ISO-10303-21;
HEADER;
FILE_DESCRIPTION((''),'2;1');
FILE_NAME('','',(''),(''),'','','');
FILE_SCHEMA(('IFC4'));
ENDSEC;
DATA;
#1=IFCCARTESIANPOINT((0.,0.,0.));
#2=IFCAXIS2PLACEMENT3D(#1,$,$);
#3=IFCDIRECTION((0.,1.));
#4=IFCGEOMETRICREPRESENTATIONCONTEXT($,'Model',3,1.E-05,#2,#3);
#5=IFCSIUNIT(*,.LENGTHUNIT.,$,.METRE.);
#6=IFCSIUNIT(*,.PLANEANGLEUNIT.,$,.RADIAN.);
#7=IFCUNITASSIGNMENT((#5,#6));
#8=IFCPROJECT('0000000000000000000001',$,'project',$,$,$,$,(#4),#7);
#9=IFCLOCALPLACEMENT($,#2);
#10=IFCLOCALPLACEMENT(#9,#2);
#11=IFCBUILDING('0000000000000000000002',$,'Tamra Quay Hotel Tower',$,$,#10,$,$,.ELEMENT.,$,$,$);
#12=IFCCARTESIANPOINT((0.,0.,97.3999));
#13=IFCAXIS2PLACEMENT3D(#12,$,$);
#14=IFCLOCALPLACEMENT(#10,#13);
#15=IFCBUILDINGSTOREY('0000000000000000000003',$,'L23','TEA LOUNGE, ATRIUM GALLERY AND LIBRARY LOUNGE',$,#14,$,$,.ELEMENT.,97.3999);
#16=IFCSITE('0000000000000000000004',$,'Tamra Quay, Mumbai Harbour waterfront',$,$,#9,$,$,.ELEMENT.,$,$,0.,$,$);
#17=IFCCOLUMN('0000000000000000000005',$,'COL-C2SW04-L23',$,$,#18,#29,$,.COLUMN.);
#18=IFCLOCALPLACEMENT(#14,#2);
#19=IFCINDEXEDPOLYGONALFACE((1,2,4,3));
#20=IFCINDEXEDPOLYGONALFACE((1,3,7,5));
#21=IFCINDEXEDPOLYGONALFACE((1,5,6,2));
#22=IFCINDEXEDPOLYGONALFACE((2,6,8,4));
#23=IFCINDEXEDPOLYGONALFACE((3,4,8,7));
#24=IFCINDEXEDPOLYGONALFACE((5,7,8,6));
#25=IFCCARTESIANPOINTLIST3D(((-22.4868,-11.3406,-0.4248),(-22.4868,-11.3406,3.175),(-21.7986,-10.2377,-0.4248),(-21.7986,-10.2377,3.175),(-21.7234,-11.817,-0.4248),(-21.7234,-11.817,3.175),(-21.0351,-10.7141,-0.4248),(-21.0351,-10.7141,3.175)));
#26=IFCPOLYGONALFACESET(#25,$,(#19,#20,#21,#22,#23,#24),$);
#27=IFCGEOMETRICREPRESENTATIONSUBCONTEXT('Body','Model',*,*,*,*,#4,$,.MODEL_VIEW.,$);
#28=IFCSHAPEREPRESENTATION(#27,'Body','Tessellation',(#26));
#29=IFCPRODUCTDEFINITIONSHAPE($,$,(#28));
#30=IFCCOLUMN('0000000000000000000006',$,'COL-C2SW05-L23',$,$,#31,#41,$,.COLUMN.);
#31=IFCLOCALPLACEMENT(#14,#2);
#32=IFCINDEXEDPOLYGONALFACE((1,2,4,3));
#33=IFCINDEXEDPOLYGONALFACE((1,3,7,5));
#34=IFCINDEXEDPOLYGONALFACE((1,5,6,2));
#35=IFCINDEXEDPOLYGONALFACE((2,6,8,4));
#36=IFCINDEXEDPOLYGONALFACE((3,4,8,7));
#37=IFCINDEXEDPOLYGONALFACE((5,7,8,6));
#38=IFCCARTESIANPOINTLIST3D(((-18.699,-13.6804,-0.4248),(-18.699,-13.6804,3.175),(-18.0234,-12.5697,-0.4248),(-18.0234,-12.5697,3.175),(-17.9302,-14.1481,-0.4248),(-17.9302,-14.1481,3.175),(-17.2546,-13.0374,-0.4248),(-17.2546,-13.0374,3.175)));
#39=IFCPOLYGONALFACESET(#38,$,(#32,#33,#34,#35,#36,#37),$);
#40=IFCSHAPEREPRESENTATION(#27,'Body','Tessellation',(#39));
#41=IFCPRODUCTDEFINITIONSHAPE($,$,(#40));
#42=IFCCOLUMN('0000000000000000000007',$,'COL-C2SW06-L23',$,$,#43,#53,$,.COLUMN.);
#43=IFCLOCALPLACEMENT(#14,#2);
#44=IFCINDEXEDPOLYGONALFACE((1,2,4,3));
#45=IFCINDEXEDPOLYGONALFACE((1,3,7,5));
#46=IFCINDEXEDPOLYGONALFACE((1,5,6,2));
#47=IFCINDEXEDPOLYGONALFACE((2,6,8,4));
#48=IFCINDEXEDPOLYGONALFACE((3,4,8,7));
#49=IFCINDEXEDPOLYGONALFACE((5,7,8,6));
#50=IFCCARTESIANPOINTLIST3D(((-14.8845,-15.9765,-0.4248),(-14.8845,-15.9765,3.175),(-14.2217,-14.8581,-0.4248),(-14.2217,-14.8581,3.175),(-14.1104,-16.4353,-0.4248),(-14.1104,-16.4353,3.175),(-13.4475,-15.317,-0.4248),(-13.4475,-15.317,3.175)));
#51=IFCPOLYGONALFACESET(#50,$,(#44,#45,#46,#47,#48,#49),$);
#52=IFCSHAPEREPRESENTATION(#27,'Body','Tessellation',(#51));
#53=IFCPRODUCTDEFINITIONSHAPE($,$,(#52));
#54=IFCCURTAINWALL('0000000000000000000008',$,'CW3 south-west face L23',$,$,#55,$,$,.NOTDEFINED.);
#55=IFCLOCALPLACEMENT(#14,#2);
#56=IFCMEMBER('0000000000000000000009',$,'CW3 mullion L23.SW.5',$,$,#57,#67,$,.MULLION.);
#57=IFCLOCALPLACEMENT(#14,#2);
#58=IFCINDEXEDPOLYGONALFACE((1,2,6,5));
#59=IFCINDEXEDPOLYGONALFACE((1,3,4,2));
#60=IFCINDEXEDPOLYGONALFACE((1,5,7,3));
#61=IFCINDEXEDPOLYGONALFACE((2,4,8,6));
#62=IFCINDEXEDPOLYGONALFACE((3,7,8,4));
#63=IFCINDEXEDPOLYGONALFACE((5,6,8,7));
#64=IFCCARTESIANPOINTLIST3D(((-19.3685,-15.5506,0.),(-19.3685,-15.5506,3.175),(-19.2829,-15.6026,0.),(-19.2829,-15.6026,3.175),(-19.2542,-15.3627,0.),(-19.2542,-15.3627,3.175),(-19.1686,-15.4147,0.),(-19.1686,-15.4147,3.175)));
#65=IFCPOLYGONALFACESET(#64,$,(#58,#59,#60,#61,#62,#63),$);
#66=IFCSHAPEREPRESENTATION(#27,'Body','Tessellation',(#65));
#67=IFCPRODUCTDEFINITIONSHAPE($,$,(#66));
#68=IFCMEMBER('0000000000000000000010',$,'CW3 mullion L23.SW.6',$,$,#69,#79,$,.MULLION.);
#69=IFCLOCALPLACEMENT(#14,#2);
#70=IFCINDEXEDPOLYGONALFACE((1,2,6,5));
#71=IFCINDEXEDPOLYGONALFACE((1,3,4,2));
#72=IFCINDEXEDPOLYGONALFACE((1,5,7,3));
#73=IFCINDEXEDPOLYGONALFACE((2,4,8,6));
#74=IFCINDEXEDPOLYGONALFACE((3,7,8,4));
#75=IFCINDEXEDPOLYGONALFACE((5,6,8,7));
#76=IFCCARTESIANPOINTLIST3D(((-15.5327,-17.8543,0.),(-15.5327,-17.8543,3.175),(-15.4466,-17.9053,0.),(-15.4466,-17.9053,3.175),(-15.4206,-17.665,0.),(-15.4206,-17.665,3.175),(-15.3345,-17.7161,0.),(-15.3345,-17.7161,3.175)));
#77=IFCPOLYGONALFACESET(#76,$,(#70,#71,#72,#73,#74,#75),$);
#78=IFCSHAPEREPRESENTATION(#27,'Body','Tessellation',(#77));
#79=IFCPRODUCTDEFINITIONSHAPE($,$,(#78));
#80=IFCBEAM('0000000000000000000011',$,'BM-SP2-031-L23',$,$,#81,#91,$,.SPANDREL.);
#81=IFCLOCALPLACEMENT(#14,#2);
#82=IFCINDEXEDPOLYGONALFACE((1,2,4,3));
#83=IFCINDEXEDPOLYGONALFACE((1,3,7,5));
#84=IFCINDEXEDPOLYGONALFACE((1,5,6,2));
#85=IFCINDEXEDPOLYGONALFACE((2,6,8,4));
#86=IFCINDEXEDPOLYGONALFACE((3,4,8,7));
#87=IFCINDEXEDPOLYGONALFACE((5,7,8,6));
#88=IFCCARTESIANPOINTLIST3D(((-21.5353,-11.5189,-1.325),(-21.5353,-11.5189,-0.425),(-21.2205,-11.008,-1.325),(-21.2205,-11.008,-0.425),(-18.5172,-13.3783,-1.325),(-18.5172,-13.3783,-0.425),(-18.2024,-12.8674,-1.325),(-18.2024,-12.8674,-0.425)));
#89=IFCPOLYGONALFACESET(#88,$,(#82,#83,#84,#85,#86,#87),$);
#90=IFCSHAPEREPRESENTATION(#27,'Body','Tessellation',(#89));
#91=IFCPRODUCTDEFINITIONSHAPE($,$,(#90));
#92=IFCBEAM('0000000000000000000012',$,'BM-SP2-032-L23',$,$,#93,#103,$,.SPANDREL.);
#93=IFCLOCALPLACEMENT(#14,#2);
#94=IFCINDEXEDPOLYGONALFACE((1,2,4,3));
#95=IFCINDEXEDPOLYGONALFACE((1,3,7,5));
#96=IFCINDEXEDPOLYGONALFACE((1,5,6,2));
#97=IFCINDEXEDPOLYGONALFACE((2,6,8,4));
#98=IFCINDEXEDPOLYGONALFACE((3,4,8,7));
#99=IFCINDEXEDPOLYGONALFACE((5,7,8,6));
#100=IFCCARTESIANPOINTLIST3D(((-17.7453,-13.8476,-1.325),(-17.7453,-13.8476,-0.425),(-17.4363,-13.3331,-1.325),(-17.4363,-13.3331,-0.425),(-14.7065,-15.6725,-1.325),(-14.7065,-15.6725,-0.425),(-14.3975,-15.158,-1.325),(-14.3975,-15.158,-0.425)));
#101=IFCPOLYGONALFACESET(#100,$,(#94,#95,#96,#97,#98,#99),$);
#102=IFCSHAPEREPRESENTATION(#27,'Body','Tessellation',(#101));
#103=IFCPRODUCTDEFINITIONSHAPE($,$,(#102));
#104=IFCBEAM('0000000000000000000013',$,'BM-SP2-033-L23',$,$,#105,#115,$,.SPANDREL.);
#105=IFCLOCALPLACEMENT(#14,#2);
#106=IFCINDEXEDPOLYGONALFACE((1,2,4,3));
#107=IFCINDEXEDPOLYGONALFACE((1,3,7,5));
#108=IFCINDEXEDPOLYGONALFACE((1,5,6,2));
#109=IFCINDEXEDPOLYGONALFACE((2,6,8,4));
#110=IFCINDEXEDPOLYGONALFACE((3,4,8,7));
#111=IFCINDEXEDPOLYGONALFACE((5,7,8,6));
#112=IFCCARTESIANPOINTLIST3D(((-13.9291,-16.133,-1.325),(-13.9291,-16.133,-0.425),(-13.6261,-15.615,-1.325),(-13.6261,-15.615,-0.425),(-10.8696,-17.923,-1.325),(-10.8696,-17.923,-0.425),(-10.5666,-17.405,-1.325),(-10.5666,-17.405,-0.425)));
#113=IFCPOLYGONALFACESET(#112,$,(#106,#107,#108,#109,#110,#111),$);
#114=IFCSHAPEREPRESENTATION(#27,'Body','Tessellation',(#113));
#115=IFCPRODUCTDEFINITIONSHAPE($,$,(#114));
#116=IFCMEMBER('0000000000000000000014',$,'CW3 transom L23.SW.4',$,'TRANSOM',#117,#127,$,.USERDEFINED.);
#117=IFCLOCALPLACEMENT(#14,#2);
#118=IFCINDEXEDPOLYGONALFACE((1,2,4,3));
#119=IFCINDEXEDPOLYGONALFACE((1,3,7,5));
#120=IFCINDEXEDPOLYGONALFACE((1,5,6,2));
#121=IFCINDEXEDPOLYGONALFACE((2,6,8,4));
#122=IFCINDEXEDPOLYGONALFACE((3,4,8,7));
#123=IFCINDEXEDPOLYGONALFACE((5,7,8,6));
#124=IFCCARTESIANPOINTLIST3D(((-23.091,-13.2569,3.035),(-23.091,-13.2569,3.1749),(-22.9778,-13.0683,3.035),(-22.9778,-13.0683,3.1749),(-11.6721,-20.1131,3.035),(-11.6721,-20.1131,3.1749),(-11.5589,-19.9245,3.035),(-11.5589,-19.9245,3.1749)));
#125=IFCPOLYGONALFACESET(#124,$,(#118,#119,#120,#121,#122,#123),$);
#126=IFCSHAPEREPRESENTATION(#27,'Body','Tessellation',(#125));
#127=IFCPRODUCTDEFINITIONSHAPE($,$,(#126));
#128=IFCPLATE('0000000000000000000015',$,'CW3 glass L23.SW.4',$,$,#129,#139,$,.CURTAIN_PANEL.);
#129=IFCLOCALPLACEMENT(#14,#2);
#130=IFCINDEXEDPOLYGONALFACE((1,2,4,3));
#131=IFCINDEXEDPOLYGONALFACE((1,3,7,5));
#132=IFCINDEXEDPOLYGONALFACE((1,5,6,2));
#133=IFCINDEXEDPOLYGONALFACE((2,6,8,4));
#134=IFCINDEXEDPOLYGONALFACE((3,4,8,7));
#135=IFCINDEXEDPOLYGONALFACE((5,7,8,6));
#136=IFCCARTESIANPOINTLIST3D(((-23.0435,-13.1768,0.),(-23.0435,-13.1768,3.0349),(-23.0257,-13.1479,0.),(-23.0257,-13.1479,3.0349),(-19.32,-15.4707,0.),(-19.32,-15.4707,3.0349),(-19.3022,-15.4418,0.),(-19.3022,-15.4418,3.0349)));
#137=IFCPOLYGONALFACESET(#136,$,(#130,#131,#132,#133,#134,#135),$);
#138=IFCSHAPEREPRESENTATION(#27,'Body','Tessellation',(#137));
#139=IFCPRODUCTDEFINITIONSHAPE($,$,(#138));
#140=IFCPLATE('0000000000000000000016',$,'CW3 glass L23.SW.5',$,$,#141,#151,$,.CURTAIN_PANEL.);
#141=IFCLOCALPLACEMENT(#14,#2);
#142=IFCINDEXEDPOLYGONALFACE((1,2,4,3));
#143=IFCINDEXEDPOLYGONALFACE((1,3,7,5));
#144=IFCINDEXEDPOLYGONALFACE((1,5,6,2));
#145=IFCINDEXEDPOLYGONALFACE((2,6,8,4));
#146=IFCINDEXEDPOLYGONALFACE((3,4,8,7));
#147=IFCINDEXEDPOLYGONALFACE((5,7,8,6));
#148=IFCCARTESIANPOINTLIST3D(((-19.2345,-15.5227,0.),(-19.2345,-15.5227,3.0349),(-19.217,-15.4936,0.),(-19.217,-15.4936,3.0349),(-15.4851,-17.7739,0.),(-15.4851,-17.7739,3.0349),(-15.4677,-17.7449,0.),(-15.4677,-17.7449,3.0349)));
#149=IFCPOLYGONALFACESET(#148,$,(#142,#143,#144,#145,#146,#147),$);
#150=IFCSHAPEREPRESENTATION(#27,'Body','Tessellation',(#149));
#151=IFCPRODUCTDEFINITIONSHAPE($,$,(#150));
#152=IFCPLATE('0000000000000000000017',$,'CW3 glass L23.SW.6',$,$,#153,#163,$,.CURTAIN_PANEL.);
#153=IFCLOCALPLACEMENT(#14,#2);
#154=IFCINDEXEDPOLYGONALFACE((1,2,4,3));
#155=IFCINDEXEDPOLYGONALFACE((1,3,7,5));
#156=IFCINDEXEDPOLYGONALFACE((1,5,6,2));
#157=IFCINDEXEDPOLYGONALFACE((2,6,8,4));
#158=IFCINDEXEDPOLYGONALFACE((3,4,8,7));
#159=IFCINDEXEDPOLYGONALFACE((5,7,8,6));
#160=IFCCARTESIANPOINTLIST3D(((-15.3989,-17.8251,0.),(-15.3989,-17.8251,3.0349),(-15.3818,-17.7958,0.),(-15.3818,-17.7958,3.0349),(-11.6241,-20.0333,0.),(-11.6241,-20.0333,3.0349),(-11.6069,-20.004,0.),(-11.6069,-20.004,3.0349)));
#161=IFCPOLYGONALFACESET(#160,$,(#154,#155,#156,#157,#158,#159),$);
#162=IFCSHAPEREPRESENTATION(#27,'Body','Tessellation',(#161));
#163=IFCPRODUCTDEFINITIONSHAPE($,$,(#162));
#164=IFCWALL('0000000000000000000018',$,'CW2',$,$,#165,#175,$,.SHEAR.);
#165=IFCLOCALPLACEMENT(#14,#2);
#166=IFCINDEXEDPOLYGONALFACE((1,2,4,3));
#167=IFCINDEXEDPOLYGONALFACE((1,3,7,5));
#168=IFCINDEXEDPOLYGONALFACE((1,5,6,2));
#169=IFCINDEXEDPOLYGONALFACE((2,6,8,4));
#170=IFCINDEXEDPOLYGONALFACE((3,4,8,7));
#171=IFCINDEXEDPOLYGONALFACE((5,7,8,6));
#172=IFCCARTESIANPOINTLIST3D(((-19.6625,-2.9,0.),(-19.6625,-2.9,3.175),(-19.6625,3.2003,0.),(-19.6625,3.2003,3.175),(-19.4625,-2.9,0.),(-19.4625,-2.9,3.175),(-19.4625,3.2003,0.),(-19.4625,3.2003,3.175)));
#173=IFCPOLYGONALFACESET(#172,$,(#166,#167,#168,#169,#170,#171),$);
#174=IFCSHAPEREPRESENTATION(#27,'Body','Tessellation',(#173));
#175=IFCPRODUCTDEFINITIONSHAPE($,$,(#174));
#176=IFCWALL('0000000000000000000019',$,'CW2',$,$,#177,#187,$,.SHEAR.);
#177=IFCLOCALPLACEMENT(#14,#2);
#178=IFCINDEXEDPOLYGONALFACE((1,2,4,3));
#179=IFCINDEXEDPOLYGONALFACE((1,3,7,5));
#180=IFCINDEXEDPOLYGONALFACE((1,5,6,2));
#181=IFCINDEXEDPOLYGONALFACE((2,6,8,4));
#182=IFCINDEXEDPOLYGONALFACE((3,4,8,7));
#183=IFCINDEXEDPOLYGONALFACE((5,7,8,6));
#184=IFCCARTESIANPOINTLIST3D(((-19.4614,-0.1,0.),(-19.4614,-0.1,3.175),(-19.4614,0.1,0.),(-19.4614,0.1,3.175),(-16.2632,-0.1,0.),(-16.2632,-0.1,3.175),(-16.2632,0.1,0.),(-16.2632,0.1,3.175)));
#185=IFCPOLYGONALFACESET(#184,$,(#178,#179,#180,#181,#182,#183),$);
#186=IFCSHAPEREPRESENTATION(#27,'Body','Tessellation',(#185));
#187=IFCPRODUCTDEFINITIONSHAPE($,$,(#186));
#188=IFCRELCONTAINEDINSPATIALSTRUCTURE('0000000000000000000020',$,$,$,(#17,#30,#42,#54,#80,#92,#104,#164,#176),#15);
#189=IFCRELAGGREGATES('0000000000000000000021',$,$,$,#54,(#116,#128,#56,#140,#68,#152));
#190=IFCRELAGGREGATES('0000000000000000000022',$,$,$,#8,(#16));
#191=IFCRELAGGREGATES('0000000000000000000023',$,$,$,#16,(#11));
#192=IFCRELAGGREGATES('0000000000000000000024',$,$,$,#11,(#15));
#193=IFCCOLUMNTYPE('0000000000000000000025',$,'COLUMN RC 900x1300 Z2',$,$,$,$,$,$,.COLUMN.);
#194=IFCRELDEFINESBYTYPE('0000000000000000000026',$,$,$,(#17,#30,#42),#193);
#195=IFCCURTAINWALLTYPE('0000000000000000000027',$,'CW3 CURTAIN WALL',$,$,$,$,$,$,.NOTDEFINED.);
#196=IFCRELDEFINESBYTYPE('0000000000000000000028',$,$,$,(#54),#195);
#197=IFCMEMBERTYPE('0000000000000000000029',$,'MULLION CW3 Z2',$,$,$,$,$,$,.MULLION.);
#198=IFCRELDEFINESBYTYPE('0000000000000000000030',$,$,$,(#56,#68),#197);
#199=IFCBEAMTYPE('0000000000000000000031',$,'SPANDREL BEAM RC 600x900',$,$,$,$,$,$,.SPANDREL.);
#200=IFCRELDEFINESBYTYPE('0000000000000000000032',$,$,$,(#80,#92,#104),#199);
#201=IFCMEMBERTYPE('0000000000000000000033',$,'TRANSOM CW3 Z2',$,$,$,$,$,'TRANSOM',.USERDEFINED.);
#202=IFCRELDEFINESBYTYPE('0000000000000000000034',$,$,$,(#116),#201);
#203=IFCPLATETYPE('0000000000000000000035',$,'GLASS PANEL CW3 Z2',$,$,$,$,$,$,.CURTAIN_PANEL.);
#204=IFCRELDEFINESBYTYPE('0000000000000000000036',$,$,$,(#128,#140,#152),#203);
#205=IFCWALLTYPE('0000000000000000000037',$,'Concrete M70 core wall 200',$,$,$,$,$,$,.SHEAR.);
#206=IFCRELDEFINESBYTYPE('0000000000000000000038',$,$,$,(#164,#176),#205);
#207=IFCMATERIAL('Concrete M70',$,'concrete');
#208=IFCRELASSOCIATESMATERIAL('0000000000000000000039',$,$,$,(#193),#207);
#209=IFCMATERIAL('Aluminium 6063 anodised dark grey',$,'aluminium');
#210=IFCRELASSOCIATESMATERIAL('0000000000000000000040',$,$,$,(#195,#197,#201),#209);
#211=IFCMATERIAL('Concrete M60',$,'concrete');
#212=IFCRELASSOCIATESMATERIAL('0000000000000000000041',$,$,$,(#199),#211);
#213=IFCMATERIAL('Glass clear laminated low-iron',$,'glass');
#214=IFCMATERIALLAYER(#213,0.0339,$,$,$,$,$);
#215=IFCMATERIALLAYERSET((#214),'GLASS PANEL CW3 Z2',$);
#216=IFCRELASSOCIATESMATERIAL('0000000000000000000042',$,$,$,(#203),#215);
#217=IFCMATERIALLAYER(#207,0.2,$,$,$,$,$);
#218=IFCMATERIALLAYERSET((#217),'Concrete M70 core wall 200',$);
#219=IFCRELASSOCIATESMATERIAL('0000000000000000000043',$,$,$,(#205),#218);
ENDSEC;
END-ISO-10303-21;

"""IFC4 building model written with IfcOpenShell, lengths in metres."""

from ifc_helpers import new_model, si_unit, direction, frame, frame_2d, origin, origin_2d, place, context, subcontext, project, spatial, rectangle, extrude, material, layer, layer_set, material_profile, profile_set, type_object, element, aggregate, save


model = new_model("IFC4")

# Units and contexts
model_context = context("Model", 3, precision=1e-05, world=origin(), true_north=direction((0.0, 1.0)))
body_context = subcontext(model_context, "Body", "Model", "MODEL_VIEW")
ifc_project = project(units=[si_unit("LENGTHUNIT", "METRE"), si_unit("PLANEANGLEUNIT", "RADIAN")], contexts=[model_context])

# Site, building, storey
site_placement = place(None, origin())
site = spatial("IfcSite", under=ifc_project, at=site_placement, Name="Tamra Quay, Mumbai Harbour waterfront", CompositionType="ELEMENT", RefElevation=0.0)
building_placement = place(site_placement, origin())
building = spatial("IfcBuilding", under=site, at=building_placement, Name="Tamra Quay Hotel Tower", CompositionType="ELEMENT")
storey_placement = place(building_placement, frame((0.0, 0.0, 97.3999)))
storey = spatial("IfcBuildingStorey", under=building, at=storey_placement, Name="L23", Description="TEA LOUNGE, ATRIUM GALLERY AND LIBRARY LOUNGE", CompositionType="ELEMENT", Elevation=97.3999)

# Columns
ifc_material_1 = material(Name="Concrete M70", Category="concrete")
ifc_material_profile_1 = material_profile(ifc_material_1, rectangle(XDim=1.3, YDim=0.8999, at=origin_2d()), Name="COLUMN RC 900x1300 Z2")
ifc_profile_set_1 = profile_set([ifc_material_profile_1], Name="Concrete M70")
column_type = type_object("IfcColumnType", Name="COLUMN RC 900x1300 Z2", PredefinedType="COLUMN", material=ifc_profile_set_1)
for number, where, z_axis, x_axis, name in (
    (1, (-21.761, -11.0273, -0.4248), (0.0, 0.0, 1.0), (0.52941, 0.848366, 0.0), "COL-C2SW04-L23"),
    (2, (-17.9768, -13.3589, -0.4248), (0.0, 0.0, 1.0), (0.519679, 0.854362, 0.0), "COL-C2SW05-L23"),
    (3, (-14.166, -15.6467, -0.4248), (0.0, 0.0, 1.0), (0.509873, 0.860249, 0.0), "COL-C2SW06-L23"),
):
    element("IfcColumn", number, at=place(storey_placement, frame(where, z_axis=z_axis, x_axis=x_axis)), inside=storey, type_object=column_type, Name=name, PredefinedType="COLUMN", context=body_context, shape_type="SweptSolid", body=[
        extrude(rectangle(XDim=1.3, YDim=0.8999, at=origin_2d()), origin(), (0.0, 0.0, 1.0), 3.5999),
    ])

# Curtain wall, members
ifc_material_2 = material(Name="Aluminium 6063 anodised dark grey", Category="aluminium")
curtain_wall_type = type_object("IfcCurtainWallType", Name="CW3 CURTAIN WALL", PredefinedType="NOTDEFINED", material=ifc_material_2)
curtain_wall_placement = place(storey_placement, origin())
curtain_wall = element("IfcCurtainWall", 4, at=curtain_wall_placement, inside=storey, type_object=curtain_wall_type, Name="CW3 south-west face L23", PredefinedType="NOTDEFINED")
ifc_material_profile_2 = material_profile(ifc_material_2, rectangle(XDim=0.22, YDim=0.1001, at=origin_2d()), Name="MULLION 100X220")
ifc_profile_set_2 = profile_set([ifc_material_profile_2], Name="Aluminium 6063 anodised dark grey")
member_type_1 = type_object("IfcMemberType", Name="MULLION CW3 Z2", PredefinedType="MULLION", material=ifc_profile_set_2)
member_1_placement = place(storey_placement, frame((-19.2686, -15.4827, 0.0), z_axis=(0.0, 0.0, 1.0), x_axis=(-0.51965, -0.854379, 0.0)))
member_1 = element("IfcMember", 5, at=member_1_placement, type_object=member_type_1, Name="CW3 mullion L23.SW.5", PredefinedType="MULLION", context=body_context, shape_type="SweptSolid", body=[
    extrude(rectangle(XDim=0.22, YDim=0.1001, at=origin_2d()), origin(), (0.0, 0.0, 1.0), 3.175),
])
member_2_placement = place(storey_placement, frame((-15.4336, -17.7852, 0.0), z_axis=(0.0, 0.0, 1.0), x_axis=(-0.50986, -0.860257, 0.0)))
member_2 = element("IfcMember", 6, at=member_2_placement, type_object=member_type_1, Name="CW3 mullion L23.SW.6", PredefinedType="MULLION", context=body_context, shape_type="SweptSolid", body=[
    extrude(rectangle(XDim=0.22, YDim=0.1001, at=origin_2d()), origin(), (0.0, 0.0, 1.0), 3.175),
])

# Beams
ifc_material_3 = material(Name="Concrete M60", Category="concrete")
ifc_material_profile_3 = material_profile(ifc_material_3, rectangle(XDim=0.6001, YDim=0.8999, at=origin_2d()), Name="SPANDREL BEAM RC 600x900")
ifc_profile_set_3 = profile_set([ifc_material_profile_3], Name="Concrete M60")
beam_type = type_object("IfcBeamType", Name="SPANDREL BEAM RC 600x900", PredefinedType="SPANDREL", material=ifc_profile_set_3)
beam_placement = place(storey_placement, frame((-21.3779, -11.2634, -0.875), z_axis=(0.851393, -0.524528, 0.0), x_axis=(0.524528, 0.851393, 0.0)))
element("IfcBeam", 7, at=beam_placement, inside=storey, type_object=beam_type, Name="BM-SP2-031-L23", PredefinedType="SPANDREL", context=body_context, shape_type="SweptSolid", body=[
    extrude(rectangle(XDim=0.6001, YDim=0.8999, at=origin_2d()), origin(), (0.0, 0.0, 1.0), 3.5449),
])
for number, where, z_axis, x_axis, name in (
    (8, (-17.5908, -13.5903, -0.875), (0.857286, -0.51484, 0.0), (0.51484, 0.857286, 0.0), "BM-SP2-032-L23"),
    (9, (-13.7776, -15.874, -0.875), (0.863129, -0.504984, 0.0), (0.504984, 0.863129, 0.0), "BM-SP2-033-L23"),
):
    element("IfcBeam", number, at=place(storey_placement, frame(where, z_axis=z_axis, x_axis=x_axis)), inside=storey, type_object=beam_type, Name=name, PredefinedType="SPANDREL", context=body_context, shape_type="SweptSolid", body=[
        extrude(rectangle(XDim=0.6001, YDim=0.8999, at=origin_2d()), origin(), (0.0, 0.0, 1.0), 3.5447),
    ])

# Member
ifc_material_profile_4 = material_profile(ifc_material_2, rectangle(XDim=0.22, YDim=0.1399, at=origin_2d()), Name="TRANSOM 220X140")
ifc_profile_set_4 = profile_set([ifc_material_profile_4], Name="Aluminium 6063 anodised dark grey")
member_type_2 = type_object("IfcMemberType", Name="TRANSOM CW3 Z2", ElementType="TRANSOM", PredefinedType="USERDEFINED", material=ifc_profile_set_4)
member_3_placement = place(storey_placement, frame((-23.0344, -13.1626, 3.105), z_axis=(0.857333, -0.514763, 0.0), x_axis=(0.514763, 0.857333, 0.0)))
member_3 = element("IfcMember", 10, at=member_3_placement, type_object=member_type_2, Name="CW3 transom L23.SW.4", ObjectType="TRANSOM", PredefinedType="USERDEFINED", context=body_context, shape_type="SweptSolid", body=[
    extrude(rectangle(XDim=0.22, YDim=0.1399, at=origin_2d()), origin(), (0.0, 0.0, 1.0), 13.3191),
])

# Plates
ifc_material_4 = material(Name="Glass clear laminated low-iron", Category="glass")
ifc_layer_1 = layer(ifc_material_4, 0.0339)
ifc_layer_set_1 = layer_set([ifc_layer_1], Name="GLASS PANEL CW3 Z2")
plate_type = type_object("IfcPlateType", Name="GLASS PANEL CW3 Z2", PredefinedType="CURTAIN_PANEL", material=ifc_layer_set_1)
plate_1_placement = place(storey_placement, frame((-21.1729, -14.3093, 0.0), z_axis=(0.0, 0.0, 1.0), x_axis=(0.851399, -0.524518, 0.0)))
plate_1 = element("IfcPlate", 11, at=plate_1_placement, type_object=plate_type, Name="CW3 glass L23.SW.4", PredefinedType="CURTAIN_PANEL", context=body_context, shape_type="SweptSolid", body=[
    extrude(rectangle(XDim=4.3733, YDim=0.0339, at=origin_2d()), origin(), (0.0, 0.0, 1.0), 3.0349),
])
plate_2_placement = place(storey_placement, frame((-17.3511, -16.6338, 0.0), z_axis=(0.0, 0.0, 1.0), x_axis=(0.857331, -0.514765, 0.0)))
plate_2 = element("IfcPlate", 12, at=plate_2_placement, type_object=plate_type, Name="CW3 glass L23.SW.5", PredefinedType="CURTAIN_PANEL", context=body_context, shape_type="SweptSolid", body=[
    extrude(rectangle(XDim=4.3733, YDim=0.0339, at=origin_2d()), origin(), (0.0, 0.0, 1.0), 3.0349),
])
plate_3_placement = place(storey_placement, frame((-13.5029, -18.9146, 0.0), z_axis=(0.0, 0.0, 1.0), x_axis=(0.863155, -0.504939, 0.0)))
plate_3 = element("IfcPlate", 13, at=plate_3_placement, type_object=plate_type, Name="CW3 glass L23.SW.6", PredefinedType="CURTAIN_PANEL", context=body_context, shape_type="SweptSolid", body=[
    extrude(rectangle(XDim=4.3733, YDim=0.0339, at=origin_2d()), origin(), (0.0, 0.0, 1.0), 3.0349),
])
aggregate(curtain_wall, [member_3, plate_1, member_1, plate_2, member_2, plate_3])

# Walls
ifc_layer_2 = layer(ifc_material_1, 0.2)
ifc_layer_set_2 = layer_set([ifc_layer_2], Name="Concrete M70 core wall 200")
wall_type_1 = type_object("IfcWallType", Name="Concrete M70 core wall 200", PredefinedType="SHEAR", material=ifc_layer_set_2)
wall_1_placement = place(storey_placement, frame((-19.5625, -2.9001, 0.0), z_axis=(0.0, 0.0, 1.0), x_axis=(0.0, 1.0, 0.0)))
element("IfcWall", 14, at=wall_1_placement, inside=storey, type_object=wall_type_1, Name="CW2", PredefinedType="SHEAR", context=body_context, shape_type="SweptSolid", body=[
    extrude(rectangle(XDim=6.1003, YDim=0.2, at=frame_2d((3.0503, 0.0))), origin(), (0.0, 0.0, 1.0), 3.175),
])
wall_2_placement = place(storey_placement, frame((-16.2632, 0.0, 0.0), z_axis=(0.0, 0.0, 1.0), x_axis=(-1.0, 0.0, 0.0)))
element("IfcWall", 15, at=wall_2_placement, inside=storey, type_object=wall_type_1, Name="CW2", PredefinedType="SHEAR", context=body_context, shape_type="SweptSolid", body=[
    extrude(rectangle(XDim=3.1982, YDim=0.2, at=frame_2d((1.5991, 0.0))), origin(), (0.0, 0.0, 1.0), 3.175),
])

save(model, "model.ifc")
